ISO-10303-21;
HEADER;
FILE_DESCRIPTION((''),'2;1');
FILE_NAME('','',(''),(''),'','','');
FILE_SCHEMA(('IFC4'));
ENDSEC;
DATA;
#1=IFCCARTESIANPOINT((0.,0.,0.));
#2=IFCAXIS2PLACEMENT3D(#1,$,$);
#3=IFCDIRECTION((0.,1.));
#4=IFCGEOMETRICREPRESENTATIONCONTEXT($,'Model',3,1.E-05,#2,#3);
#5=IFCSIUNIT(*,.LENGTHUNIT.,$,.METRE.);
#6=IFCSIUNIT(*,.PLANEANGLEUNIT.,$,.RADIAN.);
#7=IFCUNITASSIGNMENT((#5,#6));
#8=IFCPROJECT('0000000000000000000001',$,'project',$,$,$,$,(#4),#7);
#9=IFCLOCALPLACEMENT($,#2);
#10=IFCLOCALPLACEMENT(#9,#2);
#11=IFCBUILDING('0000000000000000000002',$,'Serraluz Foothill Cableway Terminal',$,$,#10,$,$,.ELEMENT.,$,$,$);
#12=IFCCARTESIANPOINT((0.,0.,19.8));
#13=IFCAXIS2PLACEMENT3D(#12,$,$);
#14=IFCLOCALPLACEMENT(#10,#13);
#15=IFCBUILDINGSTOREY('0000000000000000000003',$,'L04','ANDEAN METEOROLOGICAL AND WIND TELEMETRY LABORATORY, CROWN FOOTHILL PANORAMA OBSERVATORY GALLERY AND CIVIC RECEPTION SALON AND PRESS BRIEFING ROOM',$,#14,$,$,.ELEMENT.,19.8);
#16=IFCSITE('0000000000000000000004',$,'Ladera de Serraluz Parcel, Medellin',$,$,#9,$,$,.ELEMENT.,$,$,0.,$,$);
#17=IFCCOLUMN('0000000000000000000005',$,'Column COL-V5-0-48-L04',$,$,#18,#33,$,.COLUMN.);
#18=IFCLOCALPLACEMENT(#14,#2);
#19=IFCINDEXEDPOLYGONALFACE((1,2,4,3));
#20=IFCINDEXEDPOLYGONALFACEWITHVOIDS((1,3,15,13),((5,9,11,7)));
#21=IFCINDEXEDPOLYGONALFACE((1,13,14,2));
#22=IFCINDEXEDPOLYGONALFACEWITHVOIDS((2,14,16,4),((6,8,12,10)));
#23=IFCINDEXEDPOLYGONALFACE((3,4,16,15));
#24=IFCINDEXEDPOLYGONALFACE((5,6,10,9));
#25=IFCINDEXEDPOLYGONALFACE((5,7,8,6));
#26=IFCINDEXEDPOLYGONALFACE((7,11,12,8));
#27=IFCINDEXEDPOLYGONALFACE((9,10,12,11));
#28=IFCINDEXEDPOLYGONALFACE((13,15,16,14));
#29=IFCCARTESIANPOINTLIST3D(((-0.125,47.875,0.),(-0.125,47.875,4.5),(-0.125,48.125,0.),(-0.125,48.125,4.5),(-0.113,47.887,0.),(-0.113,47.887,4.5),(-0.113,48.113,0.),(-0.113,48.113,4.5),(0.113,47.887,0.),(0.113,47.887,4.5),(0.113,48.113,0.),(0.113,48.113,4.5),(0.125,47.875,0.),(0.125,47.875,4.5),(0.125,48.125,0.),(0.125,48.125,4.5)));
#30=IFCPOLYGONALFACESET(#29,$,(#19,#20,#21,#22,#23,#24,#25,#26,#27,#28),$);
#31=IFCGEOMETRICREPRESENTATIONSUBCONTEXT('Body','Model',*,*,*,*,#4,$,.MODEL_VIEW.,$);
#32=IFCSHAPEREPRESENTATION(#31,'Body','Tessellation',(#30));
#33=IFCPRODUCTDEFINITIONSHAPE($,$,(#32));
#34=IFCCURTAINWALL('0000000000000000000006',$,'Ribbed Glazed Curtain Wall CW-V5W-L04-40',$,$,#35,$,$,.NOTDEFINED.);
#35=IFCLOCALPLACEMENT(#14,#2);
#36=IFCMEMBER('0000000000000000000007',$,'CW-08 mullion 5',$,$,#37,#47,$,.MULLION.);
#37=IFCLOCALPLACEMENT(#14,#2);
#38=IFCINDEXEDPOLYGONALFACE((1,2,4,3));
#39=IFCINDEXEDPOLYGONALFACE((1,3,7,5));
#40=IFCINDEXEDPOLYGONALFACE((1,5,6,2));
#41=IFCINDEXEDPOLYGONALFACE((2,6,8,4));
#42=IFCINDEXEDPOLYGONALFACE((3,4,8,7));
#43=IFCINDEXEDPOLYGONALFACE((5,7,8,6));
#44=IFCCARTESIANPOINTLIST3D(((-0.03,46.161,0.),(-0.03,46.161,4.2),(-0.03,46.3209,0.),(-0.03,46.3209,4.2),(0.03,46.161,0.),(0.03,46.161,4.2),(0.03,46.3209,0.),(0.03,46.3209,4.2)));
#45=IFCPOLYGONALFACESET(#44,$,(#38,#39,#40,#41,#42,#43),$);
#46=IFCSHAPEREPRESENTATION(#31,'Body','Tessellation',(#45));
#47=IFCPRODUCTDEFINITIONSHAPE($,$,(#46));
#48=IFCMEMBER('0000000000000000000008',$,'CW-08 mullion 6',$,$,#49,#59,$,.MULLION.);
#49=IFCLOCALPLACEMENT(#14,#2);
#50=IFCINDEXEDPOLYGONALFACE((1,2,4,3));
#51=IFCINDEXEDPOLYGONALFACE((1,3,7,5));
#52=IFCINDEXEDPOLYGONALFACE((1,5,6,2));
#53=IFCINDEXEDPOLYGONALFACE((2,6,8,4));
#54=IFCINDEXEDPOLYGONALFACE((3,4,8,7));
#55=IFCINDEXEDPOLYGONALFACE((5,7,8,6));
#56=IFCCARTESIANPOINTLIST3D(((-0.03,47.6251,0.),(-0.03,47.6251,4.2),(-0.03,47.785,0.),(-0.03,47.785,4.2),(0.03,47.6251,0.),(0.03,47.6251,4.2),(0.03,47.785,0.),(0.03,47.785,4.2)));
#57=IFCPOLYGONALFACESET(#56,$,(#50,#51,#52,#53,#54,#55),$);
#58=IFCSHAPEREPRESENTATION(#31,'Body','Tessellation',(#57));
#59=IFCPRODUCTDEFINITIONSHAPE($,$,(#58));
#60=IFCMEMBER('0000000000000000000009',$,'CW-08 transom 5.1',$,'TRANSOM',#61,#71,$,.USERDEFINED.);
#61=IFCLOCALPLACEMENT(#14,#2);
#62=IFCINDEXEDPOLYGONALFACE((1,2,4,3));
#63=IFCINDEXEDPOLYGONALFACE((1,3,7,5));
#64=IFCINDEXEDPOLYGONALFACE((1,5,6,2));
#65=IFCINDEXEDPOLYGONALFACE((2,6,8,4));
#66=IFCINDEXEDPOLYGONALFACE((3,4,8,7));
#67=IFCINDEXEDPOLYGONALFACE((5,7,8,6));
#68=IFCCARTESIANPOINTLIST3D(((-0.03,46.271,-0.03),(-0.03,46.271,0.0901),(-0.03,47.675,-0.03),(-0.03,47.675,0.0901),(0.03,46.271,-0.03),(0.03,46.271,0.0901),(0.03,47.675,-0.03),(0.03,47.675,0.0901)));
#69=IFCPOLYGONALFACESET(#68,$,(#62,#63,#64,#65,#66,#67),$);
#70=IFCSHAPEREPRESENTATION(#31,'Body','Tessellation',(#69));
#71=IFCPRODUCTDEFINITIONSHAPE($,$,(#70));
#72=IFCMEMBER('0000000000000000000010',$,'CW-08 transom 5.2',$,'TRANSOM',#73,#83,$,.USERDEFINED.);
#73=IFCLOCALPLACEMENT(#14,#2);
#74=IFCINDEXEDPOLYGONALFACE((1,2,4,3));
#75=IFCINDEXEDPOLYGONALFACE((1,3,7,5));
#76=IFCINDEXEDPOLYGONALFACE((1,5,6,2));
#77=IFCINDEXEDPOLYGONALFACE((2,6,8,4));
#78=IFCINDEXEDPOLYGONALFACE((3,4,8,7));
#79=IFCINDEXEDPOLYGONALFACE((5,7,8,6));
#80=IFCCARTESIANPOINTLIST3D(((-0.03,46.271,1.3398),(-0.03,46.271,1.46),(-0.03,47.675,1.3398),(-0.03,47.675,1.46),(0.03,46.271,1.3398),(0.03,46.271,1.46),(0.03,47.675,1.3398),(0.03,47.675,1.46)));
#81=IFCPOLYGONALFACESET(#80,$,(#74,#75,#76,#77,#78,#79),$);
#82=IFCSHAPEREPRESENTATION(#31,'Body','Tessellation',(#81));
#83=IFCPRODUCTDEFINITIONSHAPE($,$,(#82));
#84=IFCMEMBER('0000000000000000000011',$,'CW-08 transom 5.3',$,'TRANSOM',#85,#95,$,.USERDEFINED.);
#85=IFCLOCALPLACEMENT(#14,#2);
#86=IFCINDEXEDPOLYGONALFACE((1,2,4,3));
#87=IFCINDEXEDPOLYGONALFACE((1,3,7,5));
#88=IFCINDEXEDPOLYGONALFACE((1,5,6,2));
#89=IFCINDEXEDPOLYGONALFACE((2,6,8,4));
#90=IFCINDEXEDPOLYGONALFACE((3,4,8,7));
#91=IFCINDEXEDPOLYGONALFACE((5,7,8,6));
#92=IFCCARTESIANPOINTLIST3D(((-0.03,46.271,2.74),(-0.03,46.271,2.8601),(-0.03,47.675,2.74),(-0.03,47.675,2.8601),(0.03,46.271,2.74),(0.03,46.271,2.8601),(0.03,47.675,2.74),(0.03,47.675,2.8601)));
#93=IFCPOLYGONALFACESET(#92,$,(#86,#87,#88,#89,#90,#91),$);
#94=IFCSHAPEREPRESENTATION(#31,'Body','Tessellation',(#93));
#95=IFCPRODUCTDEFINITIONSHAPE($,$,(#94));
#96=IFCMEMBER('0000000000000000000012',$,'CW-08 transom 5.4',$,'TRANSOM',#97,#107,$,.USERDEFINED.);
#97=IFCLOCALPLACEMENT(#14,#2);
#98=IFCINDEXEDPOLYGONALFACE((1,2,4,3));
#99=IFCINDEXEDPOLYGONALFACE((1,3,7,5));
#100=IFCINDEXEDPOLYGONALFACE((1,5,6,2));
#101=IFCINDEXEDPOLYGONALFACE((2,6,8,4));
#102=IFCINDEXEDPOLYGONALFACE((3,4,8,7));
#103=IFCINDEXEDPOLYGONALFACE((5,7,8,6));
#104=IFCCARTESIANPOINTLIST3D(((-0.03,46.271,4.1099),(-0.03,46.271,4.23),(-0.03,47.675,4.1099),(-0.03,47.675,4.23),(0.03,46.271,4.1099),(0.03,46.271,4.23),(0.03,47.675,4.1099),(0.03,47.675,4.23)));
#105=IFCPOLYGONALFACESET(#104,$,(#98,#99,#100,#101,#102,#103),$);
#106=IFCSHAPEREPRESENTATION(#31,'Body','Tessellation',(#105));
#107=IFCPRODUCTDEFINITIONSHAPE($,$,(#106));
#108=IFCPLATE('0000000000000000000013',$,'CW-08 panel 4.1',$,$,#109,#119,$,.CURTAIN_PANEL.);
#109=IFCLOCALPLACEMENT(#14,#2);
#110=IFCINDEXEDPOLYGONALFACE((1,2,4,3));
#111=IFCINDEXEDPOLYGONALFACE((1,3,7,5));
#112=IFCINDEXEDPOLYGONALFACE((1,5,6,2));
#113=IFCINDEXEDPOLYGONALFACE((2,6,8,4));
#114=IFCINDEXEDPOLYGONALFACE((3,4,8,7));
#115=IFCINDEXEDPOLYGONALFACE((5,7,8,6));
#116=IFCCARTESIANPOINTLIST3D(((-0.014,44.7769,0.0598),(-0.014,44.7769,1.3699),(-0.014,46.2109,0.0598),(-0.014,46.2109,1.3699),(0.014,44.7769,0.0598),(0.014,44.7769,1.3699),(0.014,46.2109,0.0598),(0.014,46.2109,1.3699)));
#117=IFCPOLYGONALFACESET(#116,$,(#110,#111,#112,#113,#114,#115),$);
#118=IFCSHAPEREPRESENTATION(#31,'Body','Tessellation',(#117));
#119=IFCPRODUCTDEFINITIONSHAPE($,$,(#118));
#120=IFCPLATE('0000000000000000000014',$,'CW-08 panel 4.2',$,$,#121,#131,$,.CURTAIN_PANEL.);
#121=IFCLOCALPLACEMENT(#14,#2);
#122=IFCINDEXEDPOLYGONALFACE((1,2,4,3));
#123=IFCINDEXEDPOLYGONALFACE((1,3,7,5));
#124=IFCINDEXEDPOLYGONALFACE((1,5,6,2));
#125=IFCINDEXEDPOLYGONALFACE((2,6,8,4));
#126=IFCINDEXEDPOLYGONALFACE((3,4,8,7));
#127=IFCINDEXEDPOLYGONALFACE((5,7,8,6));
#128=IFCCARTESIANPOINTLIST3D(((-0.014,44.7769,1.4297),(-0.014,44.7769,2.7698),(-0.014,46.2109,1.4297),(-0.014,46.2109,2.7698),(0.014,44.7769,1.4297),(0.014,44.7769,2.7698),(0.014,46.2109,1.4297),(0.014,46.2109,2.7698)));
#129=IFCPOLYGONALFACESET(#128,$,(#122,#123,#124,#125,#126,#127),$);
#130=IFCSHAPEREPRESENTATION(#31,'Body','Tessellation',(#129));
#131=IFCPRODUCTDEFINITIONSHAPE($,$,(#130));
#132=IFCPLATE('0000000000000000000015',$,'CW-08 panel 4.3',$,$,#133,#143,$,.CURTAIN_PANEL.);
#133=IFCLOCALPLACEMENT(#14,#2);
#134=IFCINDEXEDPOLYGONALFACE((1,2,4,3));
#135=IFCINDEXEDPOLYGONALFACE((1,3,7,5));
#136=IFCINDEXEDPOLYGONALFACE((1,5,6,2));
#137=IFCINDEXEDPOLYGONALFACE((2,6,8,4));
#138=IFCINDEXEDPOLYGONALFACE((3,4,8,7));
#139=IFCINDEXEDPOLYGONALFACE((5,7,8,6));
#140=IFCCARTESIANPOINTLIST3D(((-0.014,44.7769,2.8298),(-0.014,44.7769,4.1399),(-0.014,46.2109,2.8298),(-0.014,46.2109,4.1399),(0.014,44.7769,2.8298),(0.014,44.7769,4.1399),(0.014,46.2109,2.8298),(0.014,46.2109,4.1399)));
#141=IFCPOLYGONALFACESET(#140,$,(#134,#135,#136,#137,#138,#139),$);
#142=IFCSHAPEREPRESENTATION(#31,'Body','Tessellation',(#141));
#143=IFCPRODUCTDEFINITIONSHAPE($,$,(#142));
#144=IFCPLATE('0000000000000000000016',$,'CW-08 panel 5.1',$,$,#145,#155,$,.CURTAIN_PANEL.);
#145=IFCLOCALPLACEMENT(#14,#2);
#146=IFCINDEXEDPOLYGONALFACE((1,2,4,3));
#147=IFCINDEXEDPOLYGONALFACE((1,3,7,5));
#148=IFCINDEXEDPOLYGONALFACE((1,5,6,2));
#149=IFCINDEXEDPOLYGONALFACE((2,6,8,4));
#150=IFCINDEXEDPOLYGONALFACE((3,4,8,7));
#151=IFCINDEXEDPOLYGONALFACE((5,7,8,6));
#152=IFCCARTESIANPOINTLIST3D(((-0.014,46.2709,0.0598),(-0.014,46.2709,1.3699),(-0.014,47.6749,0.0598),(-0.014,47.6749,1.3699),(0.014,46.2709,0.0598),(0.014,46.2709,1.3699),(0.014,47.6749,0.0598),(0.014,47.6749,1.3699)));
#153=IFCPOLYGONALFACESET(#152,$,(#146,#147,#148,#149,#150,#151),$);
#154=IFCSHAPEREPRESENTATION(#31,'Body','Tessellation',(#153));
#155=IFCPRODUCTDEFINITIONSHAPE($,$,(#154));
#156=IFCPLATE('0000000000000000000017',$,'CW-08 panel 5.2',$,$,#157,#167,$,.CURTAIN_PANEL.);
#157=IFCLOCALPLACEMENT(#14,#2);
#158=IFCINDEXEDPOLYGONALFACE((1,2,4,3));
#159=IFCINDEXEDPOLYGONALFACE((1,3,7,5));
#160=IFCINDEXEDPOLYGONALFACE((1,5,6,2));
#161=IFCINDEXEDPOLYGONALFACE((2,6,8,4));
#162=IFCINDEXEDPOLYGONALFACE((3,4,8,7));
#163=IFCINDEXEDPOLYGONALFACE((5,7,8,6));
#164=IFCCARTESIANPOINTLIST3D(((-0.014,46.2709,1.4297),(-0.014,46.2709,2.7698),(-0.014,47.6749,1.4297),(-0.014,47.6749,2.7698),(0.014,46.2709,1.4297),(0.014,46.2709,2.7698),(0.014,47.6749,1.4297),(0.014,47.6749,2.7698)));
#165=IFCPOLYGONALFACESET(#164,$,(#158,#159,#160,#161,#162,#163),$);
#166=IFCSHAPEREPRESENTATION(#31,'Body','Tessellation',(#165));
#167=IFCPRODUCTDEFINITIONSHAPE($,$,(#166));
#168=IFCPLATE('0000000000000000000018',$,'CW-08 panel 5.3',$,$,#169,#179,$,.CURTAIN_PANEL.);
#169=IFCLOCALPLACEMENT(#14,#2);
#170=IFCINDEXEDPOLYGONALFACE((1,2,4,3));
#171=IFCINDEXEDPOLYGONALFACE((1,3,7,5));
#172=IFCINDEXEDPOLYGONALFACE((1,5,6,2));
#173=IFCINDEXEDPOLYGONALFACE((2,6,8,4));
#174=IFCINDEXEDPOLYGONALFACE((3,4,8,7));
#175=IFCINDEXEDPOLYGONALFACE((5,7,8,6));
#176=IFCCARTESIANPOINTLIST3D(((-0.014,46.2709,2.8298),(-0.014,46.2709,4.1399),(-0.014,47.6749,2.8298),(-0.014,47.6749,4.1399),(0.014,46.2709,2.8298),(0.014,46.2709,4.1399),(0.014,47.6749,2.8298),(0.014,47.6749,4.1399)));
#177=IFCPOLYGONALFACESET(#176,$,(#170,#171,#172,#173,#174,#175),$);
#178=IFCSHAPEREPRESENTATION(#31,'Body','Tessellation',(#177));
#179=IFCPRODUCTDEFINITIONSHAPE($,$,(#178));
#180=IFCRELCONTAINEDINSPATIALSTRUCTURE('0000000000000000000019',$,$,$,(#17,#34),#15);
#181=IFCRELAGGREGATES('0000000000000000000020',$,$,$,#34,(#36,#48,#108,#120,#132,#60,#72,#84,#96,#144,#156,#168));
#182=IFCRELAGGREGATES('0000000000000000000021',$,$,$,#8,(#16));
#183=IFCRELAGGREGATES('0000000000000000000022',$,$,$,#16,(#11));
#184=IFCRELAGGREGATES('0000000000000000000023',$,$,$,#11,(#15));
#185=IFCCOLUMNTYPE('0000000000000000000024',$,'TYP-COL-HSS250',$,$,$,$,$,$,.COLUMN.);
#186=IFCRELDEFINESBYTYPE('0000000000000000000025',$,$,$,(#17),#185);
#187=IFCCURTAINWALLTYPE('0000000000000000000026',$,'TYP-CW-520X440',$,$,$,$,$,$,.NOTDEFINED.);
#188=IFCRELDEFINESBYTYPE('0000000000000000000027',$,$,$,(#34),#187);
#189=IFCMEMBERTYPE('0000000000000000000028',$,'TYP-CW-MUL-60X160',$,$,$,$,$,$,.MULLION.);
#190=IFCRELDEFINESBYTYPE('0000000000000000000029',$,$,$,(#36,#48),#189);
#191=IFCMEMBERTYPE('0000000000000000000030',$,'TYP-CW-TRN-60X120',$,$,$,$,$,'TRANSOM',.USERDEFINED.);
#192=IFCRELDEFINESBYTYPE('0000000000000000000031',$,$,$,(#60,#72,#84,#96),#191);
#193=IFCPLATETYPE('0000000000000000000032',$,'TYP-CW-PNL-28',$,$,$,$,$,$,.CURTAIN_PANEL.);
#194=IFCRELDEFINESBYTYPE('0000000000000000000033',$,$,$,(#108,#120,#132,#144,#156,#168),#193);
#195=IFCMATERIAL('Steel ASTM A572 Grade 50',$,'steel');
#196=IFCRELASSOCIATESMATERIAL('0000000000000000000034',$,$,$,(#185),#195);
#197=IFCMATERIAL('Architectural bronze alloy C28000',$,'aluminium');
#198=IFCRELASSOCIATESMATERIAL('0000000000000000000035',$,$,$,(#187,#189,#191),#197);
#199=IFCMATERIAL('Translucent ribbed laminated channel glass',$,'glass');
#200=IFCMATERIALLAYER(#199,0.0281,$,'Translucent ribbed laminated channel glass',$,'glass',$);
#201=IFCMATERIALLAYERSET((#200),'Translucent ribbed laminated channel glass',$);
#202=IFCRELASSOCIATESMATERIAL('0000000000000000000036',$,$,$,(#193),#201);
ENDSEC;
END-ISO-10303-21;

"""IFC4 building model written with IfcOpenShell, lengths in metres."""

from ifc_helpers import new_model, si_unit, direction, frame, origin, origin_2d, place, context, subcontext, project, spatial, rectangle, hollow_rectangle, extrude, material, layer, layer_set, material_profile, profile_set, type_object, element, aggregate, save


model = new_model("IFC4")

# Units and contexts
model_context = context("Model", 3, precision=1e-05, world=origin(), true_north=direction((0.0, 1.0)))
body_context = subcontext(model_context, "Body", "Model", "MODEL_VIEW")
ifc_project = project(units=[si_unit("LENGTHUNIT", "METRE"), si_unit("PLANEANGLEUNIT", "RADIAN")], contexts=[model_context])

# Site, building, storey
site_placement = place(None, origin())
site = spatial("IfcSite", under=ifc_project, at=site_placement, Name="Ladera de Serraluz Parcel, Medellin", CompositionType="ELEMENT", RefElevation=0.0)
building_placement = place(site_placement, origin())
building = spatial("IfcBuilding", under=site, at=building_placement, Name="Serraluz Foothill Cableway Terminal", CompositionType="ELEMENT")
storey_placement = place(building_placement, frame((0.0, 0.0, 19.8)))
storey = spatial("IfcBuildingStorey", under=building, at=storey_placement, Name="L04", Description="ANDEAN METEOROLOGICAL AND WIND TELEMETRY LABORATORY, CROWN FOOTHILL PANORAMA OBSERVATORY GALLERY AND CIVIC RECEPTION SALON AND PRESS BRIEFING ROOM", CompositionType="ELEMENT", Elevation=19.8)

# Column
ifc_material_1 = material(Name="Steel ASTM A572 Grade 50", Category="steel")
ifc_material_profile_1 = material_profile(ifc_material_1, hollow_rectangle(XDim=0.25, YDim=0.25, WallThickness=0.012, at=origin_2d()), Name="HSS250X250X12")
ifc_profile_set_1 = profile_set([ifc_material_profile_1], Name="Steel ASTM A572 Grade 50")
column_type = type_object("IfcColumnType", Name="TYP-COL-HSS250", PredefinedType="COLUMN", material=ifc_profile_set_1)
column_placement = place(storey_placement, frame((0.0, 48.0, 0.0), z_axis=(0.0, 0.0, 1.0), x_axis=(1.0, 0.0, 0.0)))
element("IfcColumn", 1, at=column_placement, inside=storey, type_object=column_type, Name="Column COL-V5-0-48-L04", PredefinedType="COLUMN", context=body_context, shape_type="SweptSolid", body=[
    extrude(hollow_rectangle(XDim=0.25, YDim=0.25, WallThickness=0.012, at=origin_2d()), origin(), (0.0, 0.0, 1.0), 4.5),
])

# Curtain wall, members, plates
ifc_material_2 = material(Name="Architectural bronze alloy C28000", Category="aluminium")
curtain_wall_type = type_object("IfcCurtainWallType", Name="TYP-CW-520X440", PredefinedType="NOTDEFINED", material=ifc_material_2)
curtain_wall_placement = place(storey_placement, origin())
curtain_wall = element("IfcCurtainWall", 2, at=curtain_wall_placement, inside=storey, type_object=curtain_wall_type, Name="Ribbed Glazed Curtain Wall CW-V5W-L04-40", PredefinedType="NOTDEFINED")
ifc_material_profile_2 = material_profile(ifc_material_2, rectangle(XDim=0.0601, YDim=0.1599, at=origin_2d()), Name="ALU MULLION 60x160")
ifc_profile_set_2 = profile_set([ifc_material_profile_2], Name="Architectural bronze alloy C28000")
member_type_1 = type_object("IfcMemberType", Name="TYP-CW-MUL-60X160", PredefinedType="MULLION", material=ifc_profile_set_2)
member_1_placement = place(storey_placement, frame((0.0, 46.241, 0.0), z_axis=(0.0, 0.0, 1.0), x_axis=(-1.0, 0.0, 0.0)))
member_1 = element("IfcMember", 3, at=member_1_placement, type_object=member_type_1, Name="CW-08 mullion 5", PredefinedType="MULLION", context=body_context, shape_type="SweptSolid", body=[
    extrude(rectangle(XDim=0.0601, YDim=0.1599, at=origin_2d()), origin(), (0.0, 0.0, 1.0), 4.2),
])
member_2_placement = place(storey_placement, frame((0.0, 47.7051, 0.0), z_axis=(0.0, 0.0, 1.0), x_axis=(-1.0, 0.0, 0.0)))
member_2 = element("IfcMember", 4, at=member_2_placement, type_object=member_type_1, Name="CW-08 mullion 6", PredefinedType="MULLION", context=body_context, shape_type="SweptSolid", body=[
    extrude(rectangle(XDim=0.0601, YDim=0.1599, at=origin_2d()), origin(), (0.0, 0.0, 1.0), 4.2),
])
ifc_material_profile_3 = material_profile(ifc_material_2, rectangle(XDim=0.0601, YDim=0.1201, at=origin_2d()), Name="ALU TRANSOM 60x120")
ifc_profile_set_3 = profile_set([ifc_material_profile_3], Name="Architectural bronze alloy C28000")
member_type_2 = type_object("IfcMemberType", Name="TYP-CW-TRN-60X120", ElementType="TRANSOM", PredefinedType="USERDEFINED", material=ifc_profile_set_3)
member_3_placement = place(storey_placement, frame((0.0, 46.271, 0.03), z_axis=(0.0, 1.0, 0.0), x_axis=(-1.0, 0.0, 0.0)))
member_3 = element("IfcMember", 5, at=member_3_placement, type_object=member_type_2, Name="CW-08 transom 5.1", ObjectType="TRANSOM", PredefinedType="USERDEFINED", context=body_context, shape_type="SweptSolid", body=[
    extrude(rectangle(XDim=0.0601, YDim=0.1201, at=origin_2d()), origin(), (0.0, 0.0, 1.0), 1.4041),
])
member_4_placement = place(storey_placement, frame((0.0, 46.271, 1.3999), z_axis=(0.0, 1.0, 0.0), x_axis=(-1.0, 0.0, 0.0)))
member_4 = element("IfcMember", 6, at=member_4_placement, type_object=member_type_2, Name="CW-08 transom 5.2", ObjectType="TRANSOM", PredefinedType="USERDEFINED", context=body_context, shape_type="SweptSolid", body=[
    extrude(rectangle(XDim=0.0601, YDim=0.1201, at=origin_2d()), origin(), (0.0, 0.0, 1.0), 1.4041),
])
member_5_placement = place(storey_placement, frame((0.0, 46.271, 2.8), z_axis=(0.0, 1.0, 0.0), x_axis=(-1.0, 0.0, 0.0)))
member_5 = element("IfcMember", 7, at=member_5_placement, type_object=member_type_2, Name="CW-08 transom 5.3", ObjectType="TRANSOM", PredefinedType="USERDEFINED", context=body_context, shape_type="SweptSolid", body=[
    extrude(rectangle(XDim=0.0601, YDim=0.1201, at=origin_2d()), origin(), (0.0, 0.0, 1.0), 1.4041),
])
member_6_placement = place(storey_placement, frame((0.0, 46.271, 4.1699), z_axis=(0.0, 1.0, 0.0), x_axis=(-1.0, 0.0, 0.0)))
member_6 = element("IfcMember", 8, at=member_6_placement, type_object=member_type_2, Name="CW-08 transom 5.4", ObjectType="TRANSOM", PredefinedType="USERDEFINED", context=body_context, shape_type="SweptSolid", body=[
    extrude(rectangle(XDim=0.0601, YDim=0.1201, at=origin_2d()), origin(), (0.0, 0.0, 1.0), 1.4041),
])
ifc_material_3 = material(Name="Translucent ribbed laminated channel glass", Category="glass")
ifc_layer_1 = layer(ifc_material_3, 0.0281, Name="Translucent ribbed laminated channel glass", Category="glass")
ifc_layer_set_1 = layer_set([ifc_layer_1], Name="Translucent ribbed laminated channel glass")
plate_type = type_object("IfcPlateType", Name="TYP-CW-PNL-28", PredefinedType="CURTAIN_PANEL", material=ifc_layer_set_1)
plate_1_placement = place(storey_placement, frame((0.0, 45.4939, 0.0598), z_axis=(0.0, 0.0, 1.0), x_axis=(0.0, 1.0, 0.0)))
plate_1 = element("IfcPlate", 9, at=plate_1_placement, type_object=plate_type, Name="CW-08 panel 4.1", PredefinedType="CURTAIN_PANEL", context=body_context, shape_type="SweptSolid", body=[
    extrude(rectangle(XDim=1.4341, YDim=0.0281, at=origin_2d()), origin(), (0.0, 0.0, 1.0), 1.3101),
])
plate_2_placement = place(storey_placement, frame((0.0, 45.4939, 1.4297), z_axis=(0.0, 0.0, 1.0), x_axis=(0.0, 1.0, 0.0)))
plate_2 = element("IfcPlate", 10, at=plate_2_placement, type_object=plate_type, Name="CW-08 panel 4.2", PredefinedType="CURTAIN_PANEL", context=body_context, shape_type="SweptSolid", body=[
    extrude(rectangle(XDim=1.4341, YDim=0.0281, at=origin_2d()), origin(), (0.0, 0.0, 1.0), 1.3401),
])
plate_3_placement = place(storey_placement, frame((0.0, 45.4939, 2.8298), z_axis=(0.0, 0.0, 1.0), x_axis=(0.0, 1.0, 0.0)))
plate_3 = element("IfcPlate", 11, at=plate_3_placement, type_object=plate_type, Name="CW-08 panel 4.3", PredefinedType="CURTAIN_PANEL", context=body_context, shape_type="SweptSolid", body=[
    extrude(rectangle(XDim=1.4341, YDim=0.0281, at=origin_2d()), origin(), (0.0, 0.0, 1.0), 1.3101),
])
plate_4_placement = place(storey_placement, frame((0.0, 46.9729, 0.0598), z_axis=(0.0, 0.0, 1.0), x_axis=(0.0, 1.0, 0.0)))
plate_4 = element("IfcPlate", 12, at=plate_4_placement, type_object=plate_type, Name="CW-08 panel 5.1", PredefinedType="CURTAIN_PANEL", context=body_context, shape_type="SweptSolid", body=[
    extrude(rectangle(XDim=1.4041, YDim=0.0281, at=origin_2d()), origin(), (0.0, 0.0, 1.0), 1.3101),
])
plate_5_placement = place(storey_placement, frame((0.0, 46.9729, 1.4297), z_axis=(0.0, 0.0, 1.0), x_axis=(0.0, 1.0, 0.0)))
plate_5 = element("IfcPlate", 13, at=plate_5_placement, type_object=plate_type, Name="CW-08 panel 5.2", PredefinedType="CURTAIN_PANEL", context=body_context, shape_type="SweptSolid", body=[
    extrude(rectangle(XDim=1.4041, YDim=0.0281, at=origin_2d()), origin(), (0.0, 0.0, 1.0), 1.3401),
])
plate_6_placement = place(storey_placement, frame((0.0, 46.9729, 2.8298), z_axis=(0.0, 0.0, 1.0), x_axis=(0.0, 1.0, 0.0)))
plate_6 = element("IfcPlate", 14, at=plate_6_placement, type_object=plate_type, Name="CW-08 panel 5.3", PredefinedType="CURTAIN_PANEL", context=body_context, shape_type="SweptSolid", body=[
    extrude(rectangle(XDim=1.4041, YDim=0.0281, at=origin_2d()), origin(), (0.0, 0.0, 1.0), 1.3101),
])
aggregate(curtain_wall, [member_1, member_2, plate_1, plate_2, plate_3, member_3, member_4, member_5, member_6, plate_4, plate_5, plate_6])

save(model, "model.ifc")
